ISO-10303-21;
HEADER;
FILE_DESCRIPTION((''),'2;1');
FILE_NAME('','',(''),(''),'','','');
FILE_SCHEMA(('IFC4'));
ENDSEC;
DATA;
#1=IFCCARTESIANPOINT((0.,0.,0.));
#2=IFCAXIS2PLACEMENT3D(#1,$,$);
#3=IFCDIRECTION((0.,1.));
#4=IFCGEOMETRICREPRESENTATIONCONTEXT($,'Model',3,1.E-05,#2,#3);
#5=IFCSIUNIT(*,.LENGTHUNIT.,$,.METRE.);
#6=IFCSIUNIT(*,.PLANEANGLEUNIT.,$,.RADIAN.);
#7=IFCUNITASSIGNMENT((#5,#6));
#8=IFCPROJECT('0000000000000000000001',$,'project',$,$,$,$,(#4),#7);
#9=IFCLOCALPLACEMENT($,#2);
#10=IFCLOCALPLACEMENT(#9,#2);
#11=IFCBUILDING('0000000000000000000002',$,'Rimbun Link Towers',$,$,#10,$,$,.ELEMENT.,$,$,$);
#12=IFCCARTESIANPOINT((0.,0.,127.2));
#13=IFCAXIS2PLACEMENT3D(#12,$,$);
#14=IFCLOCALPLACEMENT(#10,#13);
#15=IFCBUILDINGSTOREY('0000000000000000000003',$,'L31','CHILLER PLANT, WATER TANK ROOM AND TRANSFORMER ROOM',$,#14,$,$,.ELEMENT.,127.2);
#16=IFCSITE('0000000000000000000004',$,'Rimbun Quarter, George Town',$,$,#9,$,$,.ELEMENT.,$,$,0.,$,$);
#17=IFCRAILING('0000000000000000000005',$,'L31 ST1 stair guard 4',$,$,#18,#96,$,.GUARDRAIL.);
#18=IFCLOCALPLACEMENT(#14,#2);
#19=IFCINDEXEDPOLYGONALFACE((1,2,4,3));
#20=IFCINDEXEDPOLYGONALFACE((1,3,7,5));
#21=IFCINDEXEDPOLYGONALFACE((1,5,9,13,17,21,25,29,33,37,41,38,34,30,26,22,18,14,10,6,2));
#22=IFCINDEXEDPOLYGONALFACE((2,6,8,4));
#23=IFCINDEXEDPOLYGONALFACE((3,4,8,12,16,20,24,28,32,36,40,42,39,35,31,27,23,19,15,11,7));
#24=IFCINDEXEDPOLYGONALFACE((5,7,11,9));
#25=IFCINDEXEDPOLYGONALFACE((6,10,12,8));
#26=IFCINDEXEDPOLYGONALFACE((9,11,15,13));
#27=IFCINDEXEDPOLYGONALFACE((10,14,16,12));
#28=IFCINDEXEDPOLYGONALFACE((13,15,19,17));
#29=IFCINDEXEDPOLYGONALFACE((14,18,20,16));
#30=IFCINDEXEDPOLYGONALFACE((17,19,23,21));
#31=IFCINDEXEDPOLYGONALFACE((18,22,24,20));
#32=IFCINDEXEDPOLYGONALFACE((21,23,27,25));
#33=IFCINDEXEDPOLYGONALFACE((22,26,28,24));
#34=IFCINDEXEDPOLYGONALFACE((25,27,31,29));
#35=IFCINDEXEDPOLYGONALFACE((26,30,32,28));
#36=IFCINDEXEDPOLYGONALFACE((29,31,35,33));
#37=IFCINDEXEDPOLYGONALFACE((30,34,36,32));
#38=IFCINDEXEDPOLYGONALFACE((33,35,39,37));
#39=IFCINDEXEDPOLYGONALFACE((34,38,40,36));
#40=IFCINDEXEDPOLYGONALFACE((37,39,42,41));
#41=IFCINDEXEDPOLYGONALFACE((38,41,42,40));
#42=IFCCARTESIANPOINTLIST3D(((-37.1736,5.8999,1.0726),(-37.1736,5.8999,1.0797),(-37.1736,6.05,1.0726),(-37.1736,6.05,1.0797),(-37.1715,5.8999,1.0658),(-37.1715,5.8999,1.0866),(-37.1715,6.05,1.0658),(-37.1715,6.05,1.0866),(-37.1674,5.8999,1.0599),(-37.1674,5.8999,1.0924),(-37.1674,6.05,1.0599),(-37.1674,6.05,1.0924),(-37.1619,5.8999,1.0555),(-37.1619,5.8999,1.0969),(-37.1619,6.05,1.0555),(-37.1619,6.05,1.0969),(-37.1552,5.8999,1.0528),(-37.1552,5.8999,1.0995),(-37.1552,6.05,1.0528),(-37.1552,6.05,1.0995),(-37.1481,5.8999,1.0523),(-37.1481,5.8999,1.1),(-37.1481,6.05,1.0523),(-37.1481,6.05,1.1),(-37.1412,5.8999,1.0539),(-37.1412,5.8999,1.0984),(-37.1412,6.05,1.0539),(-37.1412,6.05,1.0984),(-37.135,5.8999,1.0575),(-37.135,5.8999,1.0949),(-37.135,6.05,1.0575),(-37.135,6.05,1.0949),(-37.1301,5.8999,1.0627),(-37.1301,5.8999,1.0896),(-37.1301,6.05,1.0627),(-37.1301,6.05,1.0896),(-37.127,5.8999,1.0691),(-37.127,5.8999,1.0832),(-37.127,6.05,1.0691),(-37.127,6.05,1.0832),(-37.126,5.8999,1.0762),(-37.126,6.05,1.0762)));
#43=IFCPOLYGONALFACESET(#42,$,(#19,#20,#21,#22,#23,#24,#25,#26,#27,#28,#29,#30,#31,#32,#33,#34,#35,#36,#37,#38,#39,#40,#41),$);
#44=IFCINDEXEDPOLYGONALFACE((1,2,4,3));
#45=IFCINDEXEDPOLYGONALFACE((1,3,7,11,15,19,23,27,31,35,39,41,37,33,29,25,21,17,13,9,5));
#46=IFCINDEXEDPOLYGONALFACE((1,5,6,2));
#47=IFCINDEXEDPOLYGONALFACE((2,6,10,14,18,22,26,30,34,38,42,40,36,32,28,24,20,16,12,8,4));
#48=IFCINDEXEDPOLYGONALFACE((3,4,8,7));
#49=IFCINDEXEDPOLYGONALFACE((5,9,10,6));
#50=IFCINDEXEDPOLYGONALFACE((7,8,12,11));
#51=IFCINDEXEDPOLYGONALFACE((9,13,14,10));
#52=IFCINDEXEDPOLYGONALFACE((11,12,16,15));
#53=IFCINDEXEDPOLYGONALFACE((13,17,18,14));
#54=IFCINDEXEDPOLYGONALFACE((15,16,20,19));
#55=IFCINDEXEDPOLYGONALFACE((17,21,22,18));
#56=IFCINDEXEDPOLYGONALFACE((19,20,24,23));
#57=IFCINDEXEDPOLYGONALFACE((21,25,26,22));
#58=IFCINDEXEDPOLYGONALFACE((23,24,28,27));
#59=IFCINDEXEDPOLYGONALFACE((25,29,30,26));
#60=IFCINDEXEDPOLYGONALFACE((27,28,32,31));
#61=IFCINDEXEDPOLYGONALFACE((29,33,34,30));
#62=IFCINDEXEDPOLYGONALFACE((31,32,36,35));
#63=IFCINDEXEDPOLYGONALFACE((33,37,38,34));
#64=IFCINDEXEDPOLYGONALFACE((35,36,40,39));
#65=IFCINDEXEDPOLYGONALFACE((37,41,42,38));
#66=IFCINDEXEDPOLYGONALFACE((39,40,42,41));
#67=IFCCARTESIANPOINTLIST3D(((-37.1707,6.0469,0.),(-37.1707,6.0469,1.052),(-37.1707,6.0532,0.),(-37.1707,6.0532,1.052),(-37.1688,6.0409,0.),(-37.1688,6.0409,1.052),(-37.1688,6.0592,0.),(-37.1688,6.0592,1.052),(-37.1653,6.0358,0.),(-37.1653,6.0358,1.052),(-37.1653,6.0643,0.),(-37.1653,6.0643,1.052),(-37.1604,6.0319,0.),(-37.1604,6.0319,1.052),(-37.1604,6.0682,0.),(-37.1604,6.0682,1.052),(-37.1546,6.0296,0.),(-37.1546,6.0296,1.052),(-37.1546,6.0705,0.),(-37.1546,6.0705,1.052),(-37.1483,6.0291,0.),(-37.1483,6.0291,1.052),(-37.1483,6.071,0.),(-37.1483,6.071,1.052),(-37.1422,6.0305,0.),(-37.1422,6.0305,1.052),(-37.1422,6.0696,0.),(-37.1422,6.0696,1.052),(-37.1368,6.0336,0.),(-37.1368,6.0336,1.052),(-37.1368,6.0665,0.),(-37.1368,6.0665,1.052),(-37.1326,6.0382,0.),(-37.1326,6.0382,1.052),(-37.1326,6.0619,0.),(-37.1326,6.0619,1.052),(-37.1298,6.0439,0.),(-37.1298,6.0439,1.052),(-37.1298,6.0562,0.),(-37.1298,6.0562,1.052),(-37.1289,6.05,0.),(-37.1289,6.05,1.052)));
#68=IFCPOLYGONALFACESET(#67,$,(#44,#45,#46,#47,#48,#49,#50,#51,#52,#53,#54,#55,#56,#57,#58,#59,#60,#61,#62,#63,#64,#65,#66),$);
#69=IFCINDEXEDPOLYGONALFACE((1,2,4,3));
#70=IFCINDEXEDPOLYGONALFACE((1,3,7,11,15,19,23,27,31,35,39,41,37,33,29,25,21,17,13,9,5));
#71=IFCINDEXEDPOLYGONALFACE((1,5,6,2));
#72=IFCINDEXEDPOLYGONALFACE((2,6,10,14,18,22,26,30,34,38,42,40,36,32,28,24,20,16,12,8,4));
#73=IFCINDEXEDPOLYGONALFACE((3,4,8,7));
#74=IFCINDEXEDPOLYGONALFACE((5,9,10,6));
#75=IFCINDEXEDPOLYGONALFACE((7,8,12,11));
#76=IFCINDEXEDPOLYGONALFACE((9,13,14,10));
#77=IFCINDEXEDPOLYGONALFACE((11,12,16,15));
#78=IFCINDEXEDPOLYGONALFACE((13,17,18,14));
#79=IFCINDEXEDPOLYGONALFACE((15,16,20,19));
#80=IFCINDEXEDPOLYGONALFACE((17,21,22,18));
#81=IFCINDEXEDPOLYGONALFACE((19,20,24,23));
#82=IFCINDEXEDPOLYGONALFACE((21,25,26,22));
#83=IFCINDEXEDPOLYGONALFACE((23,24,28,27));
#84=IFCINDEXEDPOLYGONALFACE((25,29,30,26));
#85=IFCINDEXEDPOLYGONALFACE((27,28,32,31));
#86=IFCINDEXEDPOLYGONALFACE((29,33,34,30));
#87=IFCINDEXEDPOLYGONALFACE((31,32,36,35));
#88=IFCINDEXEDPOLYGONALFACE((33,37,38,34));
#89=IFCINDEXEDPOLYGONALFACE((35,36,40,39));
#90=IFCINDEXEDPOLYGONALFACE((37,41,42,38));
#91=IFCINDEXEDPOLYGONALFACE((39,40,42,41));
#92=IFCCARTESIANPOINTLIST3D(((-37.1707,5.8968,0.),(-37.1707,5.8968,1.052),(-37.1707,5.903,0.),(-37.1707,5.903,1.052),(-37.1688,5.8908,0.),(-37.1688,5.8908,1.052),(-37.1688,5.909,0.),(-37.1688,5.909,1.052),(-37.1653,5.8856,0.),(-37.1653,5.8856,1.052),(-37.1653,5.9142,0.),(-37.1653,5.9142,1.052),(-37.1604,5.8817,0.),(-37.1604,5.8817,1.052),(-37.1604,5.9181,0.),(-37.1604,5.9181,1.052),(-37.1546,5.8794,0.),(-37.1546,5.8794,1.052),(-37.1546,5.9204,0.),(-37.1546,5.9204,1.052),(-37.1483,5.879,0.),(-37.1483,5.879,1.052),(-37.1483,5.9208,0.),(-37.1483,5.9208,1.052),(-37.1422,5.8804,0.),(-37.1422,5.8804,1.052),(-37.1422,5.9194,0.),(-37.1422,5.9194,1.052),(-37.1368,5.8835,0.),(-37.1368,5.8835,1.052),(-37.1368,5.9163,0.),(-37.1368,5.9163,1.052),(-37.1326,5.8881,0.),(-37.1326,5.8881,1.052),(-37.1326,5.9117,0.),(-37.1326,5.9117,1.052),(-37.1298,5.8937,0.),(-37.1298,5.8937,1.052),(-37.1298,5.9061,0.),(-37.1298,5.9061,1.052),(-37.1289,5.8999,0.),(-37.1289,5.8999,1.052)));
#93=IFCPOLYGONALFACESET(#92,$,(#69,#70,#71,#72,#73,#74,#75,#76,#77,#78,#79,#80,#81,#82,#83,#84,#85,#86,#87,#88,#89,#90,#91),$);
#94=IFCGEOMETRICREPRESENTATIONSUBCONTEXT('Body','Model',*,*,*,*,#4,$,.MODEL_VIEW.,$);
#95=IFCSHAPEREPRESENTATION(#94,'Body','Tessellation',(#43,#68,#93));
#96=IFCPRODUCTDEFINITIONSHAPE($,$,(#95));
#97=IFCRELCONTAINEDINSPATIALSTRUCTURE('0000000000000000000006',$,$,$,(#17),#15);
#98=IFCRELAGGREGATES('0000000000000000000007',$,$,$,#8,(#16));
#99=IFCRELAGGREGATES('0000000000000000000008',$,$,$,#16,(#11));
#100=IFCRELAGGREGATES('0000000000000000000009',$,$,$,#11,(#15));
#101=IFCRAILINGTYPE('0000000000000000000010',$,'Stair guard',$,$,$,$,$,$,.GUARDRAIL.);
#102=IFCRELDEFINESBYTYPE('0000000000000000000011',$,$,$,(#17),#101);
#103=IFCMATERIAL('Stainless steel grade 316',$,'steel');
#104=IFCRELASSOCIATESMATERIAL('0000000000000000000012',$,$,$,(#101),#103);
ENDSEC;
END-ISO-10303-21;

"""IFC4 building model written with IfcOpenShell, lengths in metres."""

from ifc_helpers import new_model, si_unit, direction, frame, origin, origin_2d, place, context, subcontext, project, spatial, circle, extrude, material, type_object, element, save


model = new_model("IFC4")

# Units and contexts
model_context = context("Model", 3, precision=1e-05, world=origin(), true_north=direction((0.0, 1.0)))
body_context = subcontext(model_context, "Body", "Model", "MODEL_VIEW")
ifc_project = project(units=[si_unit("LENGTHUNIT", "METRE"), si_unit("PLANEANGLEUNIT", "RADIAN")], contexts=[model_context])

# Site, building, storey
site_placement = place(None, origin())
site = spatial("IfcSite", under=ifc_project, at=site_placement, Name="Rimbun Quarter, George Town", CompositionType="ELEMENT", RefElevation=0.0)
building_placement = place(site_placement, origin())
building = spatial("IfcBuilding", under=site, at=building_placement, Name="Rimbun Link Towers", CompositionType="ELEMENT")
storey_placement = place(building_placement, frame((0.0, 0.0, 127.2)))
storey = spatial("IfcBuildingStorey", under=building, at=storey_placement, Name="L31", Description="CHILLER PLANT, WATER TANK ROOM AND TRANSFORMER ROOM", CompositionType="ELEMENT", Elevation=127.2)

# Railing
ifc_material_1 = material(Name="Stainless steel grade 316", Category="steel")
railing_type_1 = type_object("IfcRailingType", Name="Stair guard", PredefinedType="GUARDRAIL", material=ifc_material_1)
railing_1_placement = place(storey_placement, frame((-37.1499, 6.05, 0.0)))
element("IfcRailing", 1, at=railing_1_placement, inside=storey, type_object=railing_type_1, Name="L31 ST1 stair guard 4", PredefinedType="GUARDRAIL", context=body_context, shape_type="SweptSolid", body=[
    extrude(circle(Radius=0.0239, at=origin_2d()), frame((0.0, 0.0, 1.0762), z_axis=(0.0, -1.0, 0.0), x_axis=(1.0, 0.0, 0.0)), (0.0, 0.0, 1.0), 0.1501),
    extrude(circle(Radius=0.021, at=origin_2d()), origin(), (0.0, 0.0, 1.0), 1.052),
    extrude(circle(Radius=0.021, at=origin_2d()), frame((0.0, -0.1501, 0.0)), (0.0, 0.0, 1.0), 1.052),
])

save(model, "model.ifc")
